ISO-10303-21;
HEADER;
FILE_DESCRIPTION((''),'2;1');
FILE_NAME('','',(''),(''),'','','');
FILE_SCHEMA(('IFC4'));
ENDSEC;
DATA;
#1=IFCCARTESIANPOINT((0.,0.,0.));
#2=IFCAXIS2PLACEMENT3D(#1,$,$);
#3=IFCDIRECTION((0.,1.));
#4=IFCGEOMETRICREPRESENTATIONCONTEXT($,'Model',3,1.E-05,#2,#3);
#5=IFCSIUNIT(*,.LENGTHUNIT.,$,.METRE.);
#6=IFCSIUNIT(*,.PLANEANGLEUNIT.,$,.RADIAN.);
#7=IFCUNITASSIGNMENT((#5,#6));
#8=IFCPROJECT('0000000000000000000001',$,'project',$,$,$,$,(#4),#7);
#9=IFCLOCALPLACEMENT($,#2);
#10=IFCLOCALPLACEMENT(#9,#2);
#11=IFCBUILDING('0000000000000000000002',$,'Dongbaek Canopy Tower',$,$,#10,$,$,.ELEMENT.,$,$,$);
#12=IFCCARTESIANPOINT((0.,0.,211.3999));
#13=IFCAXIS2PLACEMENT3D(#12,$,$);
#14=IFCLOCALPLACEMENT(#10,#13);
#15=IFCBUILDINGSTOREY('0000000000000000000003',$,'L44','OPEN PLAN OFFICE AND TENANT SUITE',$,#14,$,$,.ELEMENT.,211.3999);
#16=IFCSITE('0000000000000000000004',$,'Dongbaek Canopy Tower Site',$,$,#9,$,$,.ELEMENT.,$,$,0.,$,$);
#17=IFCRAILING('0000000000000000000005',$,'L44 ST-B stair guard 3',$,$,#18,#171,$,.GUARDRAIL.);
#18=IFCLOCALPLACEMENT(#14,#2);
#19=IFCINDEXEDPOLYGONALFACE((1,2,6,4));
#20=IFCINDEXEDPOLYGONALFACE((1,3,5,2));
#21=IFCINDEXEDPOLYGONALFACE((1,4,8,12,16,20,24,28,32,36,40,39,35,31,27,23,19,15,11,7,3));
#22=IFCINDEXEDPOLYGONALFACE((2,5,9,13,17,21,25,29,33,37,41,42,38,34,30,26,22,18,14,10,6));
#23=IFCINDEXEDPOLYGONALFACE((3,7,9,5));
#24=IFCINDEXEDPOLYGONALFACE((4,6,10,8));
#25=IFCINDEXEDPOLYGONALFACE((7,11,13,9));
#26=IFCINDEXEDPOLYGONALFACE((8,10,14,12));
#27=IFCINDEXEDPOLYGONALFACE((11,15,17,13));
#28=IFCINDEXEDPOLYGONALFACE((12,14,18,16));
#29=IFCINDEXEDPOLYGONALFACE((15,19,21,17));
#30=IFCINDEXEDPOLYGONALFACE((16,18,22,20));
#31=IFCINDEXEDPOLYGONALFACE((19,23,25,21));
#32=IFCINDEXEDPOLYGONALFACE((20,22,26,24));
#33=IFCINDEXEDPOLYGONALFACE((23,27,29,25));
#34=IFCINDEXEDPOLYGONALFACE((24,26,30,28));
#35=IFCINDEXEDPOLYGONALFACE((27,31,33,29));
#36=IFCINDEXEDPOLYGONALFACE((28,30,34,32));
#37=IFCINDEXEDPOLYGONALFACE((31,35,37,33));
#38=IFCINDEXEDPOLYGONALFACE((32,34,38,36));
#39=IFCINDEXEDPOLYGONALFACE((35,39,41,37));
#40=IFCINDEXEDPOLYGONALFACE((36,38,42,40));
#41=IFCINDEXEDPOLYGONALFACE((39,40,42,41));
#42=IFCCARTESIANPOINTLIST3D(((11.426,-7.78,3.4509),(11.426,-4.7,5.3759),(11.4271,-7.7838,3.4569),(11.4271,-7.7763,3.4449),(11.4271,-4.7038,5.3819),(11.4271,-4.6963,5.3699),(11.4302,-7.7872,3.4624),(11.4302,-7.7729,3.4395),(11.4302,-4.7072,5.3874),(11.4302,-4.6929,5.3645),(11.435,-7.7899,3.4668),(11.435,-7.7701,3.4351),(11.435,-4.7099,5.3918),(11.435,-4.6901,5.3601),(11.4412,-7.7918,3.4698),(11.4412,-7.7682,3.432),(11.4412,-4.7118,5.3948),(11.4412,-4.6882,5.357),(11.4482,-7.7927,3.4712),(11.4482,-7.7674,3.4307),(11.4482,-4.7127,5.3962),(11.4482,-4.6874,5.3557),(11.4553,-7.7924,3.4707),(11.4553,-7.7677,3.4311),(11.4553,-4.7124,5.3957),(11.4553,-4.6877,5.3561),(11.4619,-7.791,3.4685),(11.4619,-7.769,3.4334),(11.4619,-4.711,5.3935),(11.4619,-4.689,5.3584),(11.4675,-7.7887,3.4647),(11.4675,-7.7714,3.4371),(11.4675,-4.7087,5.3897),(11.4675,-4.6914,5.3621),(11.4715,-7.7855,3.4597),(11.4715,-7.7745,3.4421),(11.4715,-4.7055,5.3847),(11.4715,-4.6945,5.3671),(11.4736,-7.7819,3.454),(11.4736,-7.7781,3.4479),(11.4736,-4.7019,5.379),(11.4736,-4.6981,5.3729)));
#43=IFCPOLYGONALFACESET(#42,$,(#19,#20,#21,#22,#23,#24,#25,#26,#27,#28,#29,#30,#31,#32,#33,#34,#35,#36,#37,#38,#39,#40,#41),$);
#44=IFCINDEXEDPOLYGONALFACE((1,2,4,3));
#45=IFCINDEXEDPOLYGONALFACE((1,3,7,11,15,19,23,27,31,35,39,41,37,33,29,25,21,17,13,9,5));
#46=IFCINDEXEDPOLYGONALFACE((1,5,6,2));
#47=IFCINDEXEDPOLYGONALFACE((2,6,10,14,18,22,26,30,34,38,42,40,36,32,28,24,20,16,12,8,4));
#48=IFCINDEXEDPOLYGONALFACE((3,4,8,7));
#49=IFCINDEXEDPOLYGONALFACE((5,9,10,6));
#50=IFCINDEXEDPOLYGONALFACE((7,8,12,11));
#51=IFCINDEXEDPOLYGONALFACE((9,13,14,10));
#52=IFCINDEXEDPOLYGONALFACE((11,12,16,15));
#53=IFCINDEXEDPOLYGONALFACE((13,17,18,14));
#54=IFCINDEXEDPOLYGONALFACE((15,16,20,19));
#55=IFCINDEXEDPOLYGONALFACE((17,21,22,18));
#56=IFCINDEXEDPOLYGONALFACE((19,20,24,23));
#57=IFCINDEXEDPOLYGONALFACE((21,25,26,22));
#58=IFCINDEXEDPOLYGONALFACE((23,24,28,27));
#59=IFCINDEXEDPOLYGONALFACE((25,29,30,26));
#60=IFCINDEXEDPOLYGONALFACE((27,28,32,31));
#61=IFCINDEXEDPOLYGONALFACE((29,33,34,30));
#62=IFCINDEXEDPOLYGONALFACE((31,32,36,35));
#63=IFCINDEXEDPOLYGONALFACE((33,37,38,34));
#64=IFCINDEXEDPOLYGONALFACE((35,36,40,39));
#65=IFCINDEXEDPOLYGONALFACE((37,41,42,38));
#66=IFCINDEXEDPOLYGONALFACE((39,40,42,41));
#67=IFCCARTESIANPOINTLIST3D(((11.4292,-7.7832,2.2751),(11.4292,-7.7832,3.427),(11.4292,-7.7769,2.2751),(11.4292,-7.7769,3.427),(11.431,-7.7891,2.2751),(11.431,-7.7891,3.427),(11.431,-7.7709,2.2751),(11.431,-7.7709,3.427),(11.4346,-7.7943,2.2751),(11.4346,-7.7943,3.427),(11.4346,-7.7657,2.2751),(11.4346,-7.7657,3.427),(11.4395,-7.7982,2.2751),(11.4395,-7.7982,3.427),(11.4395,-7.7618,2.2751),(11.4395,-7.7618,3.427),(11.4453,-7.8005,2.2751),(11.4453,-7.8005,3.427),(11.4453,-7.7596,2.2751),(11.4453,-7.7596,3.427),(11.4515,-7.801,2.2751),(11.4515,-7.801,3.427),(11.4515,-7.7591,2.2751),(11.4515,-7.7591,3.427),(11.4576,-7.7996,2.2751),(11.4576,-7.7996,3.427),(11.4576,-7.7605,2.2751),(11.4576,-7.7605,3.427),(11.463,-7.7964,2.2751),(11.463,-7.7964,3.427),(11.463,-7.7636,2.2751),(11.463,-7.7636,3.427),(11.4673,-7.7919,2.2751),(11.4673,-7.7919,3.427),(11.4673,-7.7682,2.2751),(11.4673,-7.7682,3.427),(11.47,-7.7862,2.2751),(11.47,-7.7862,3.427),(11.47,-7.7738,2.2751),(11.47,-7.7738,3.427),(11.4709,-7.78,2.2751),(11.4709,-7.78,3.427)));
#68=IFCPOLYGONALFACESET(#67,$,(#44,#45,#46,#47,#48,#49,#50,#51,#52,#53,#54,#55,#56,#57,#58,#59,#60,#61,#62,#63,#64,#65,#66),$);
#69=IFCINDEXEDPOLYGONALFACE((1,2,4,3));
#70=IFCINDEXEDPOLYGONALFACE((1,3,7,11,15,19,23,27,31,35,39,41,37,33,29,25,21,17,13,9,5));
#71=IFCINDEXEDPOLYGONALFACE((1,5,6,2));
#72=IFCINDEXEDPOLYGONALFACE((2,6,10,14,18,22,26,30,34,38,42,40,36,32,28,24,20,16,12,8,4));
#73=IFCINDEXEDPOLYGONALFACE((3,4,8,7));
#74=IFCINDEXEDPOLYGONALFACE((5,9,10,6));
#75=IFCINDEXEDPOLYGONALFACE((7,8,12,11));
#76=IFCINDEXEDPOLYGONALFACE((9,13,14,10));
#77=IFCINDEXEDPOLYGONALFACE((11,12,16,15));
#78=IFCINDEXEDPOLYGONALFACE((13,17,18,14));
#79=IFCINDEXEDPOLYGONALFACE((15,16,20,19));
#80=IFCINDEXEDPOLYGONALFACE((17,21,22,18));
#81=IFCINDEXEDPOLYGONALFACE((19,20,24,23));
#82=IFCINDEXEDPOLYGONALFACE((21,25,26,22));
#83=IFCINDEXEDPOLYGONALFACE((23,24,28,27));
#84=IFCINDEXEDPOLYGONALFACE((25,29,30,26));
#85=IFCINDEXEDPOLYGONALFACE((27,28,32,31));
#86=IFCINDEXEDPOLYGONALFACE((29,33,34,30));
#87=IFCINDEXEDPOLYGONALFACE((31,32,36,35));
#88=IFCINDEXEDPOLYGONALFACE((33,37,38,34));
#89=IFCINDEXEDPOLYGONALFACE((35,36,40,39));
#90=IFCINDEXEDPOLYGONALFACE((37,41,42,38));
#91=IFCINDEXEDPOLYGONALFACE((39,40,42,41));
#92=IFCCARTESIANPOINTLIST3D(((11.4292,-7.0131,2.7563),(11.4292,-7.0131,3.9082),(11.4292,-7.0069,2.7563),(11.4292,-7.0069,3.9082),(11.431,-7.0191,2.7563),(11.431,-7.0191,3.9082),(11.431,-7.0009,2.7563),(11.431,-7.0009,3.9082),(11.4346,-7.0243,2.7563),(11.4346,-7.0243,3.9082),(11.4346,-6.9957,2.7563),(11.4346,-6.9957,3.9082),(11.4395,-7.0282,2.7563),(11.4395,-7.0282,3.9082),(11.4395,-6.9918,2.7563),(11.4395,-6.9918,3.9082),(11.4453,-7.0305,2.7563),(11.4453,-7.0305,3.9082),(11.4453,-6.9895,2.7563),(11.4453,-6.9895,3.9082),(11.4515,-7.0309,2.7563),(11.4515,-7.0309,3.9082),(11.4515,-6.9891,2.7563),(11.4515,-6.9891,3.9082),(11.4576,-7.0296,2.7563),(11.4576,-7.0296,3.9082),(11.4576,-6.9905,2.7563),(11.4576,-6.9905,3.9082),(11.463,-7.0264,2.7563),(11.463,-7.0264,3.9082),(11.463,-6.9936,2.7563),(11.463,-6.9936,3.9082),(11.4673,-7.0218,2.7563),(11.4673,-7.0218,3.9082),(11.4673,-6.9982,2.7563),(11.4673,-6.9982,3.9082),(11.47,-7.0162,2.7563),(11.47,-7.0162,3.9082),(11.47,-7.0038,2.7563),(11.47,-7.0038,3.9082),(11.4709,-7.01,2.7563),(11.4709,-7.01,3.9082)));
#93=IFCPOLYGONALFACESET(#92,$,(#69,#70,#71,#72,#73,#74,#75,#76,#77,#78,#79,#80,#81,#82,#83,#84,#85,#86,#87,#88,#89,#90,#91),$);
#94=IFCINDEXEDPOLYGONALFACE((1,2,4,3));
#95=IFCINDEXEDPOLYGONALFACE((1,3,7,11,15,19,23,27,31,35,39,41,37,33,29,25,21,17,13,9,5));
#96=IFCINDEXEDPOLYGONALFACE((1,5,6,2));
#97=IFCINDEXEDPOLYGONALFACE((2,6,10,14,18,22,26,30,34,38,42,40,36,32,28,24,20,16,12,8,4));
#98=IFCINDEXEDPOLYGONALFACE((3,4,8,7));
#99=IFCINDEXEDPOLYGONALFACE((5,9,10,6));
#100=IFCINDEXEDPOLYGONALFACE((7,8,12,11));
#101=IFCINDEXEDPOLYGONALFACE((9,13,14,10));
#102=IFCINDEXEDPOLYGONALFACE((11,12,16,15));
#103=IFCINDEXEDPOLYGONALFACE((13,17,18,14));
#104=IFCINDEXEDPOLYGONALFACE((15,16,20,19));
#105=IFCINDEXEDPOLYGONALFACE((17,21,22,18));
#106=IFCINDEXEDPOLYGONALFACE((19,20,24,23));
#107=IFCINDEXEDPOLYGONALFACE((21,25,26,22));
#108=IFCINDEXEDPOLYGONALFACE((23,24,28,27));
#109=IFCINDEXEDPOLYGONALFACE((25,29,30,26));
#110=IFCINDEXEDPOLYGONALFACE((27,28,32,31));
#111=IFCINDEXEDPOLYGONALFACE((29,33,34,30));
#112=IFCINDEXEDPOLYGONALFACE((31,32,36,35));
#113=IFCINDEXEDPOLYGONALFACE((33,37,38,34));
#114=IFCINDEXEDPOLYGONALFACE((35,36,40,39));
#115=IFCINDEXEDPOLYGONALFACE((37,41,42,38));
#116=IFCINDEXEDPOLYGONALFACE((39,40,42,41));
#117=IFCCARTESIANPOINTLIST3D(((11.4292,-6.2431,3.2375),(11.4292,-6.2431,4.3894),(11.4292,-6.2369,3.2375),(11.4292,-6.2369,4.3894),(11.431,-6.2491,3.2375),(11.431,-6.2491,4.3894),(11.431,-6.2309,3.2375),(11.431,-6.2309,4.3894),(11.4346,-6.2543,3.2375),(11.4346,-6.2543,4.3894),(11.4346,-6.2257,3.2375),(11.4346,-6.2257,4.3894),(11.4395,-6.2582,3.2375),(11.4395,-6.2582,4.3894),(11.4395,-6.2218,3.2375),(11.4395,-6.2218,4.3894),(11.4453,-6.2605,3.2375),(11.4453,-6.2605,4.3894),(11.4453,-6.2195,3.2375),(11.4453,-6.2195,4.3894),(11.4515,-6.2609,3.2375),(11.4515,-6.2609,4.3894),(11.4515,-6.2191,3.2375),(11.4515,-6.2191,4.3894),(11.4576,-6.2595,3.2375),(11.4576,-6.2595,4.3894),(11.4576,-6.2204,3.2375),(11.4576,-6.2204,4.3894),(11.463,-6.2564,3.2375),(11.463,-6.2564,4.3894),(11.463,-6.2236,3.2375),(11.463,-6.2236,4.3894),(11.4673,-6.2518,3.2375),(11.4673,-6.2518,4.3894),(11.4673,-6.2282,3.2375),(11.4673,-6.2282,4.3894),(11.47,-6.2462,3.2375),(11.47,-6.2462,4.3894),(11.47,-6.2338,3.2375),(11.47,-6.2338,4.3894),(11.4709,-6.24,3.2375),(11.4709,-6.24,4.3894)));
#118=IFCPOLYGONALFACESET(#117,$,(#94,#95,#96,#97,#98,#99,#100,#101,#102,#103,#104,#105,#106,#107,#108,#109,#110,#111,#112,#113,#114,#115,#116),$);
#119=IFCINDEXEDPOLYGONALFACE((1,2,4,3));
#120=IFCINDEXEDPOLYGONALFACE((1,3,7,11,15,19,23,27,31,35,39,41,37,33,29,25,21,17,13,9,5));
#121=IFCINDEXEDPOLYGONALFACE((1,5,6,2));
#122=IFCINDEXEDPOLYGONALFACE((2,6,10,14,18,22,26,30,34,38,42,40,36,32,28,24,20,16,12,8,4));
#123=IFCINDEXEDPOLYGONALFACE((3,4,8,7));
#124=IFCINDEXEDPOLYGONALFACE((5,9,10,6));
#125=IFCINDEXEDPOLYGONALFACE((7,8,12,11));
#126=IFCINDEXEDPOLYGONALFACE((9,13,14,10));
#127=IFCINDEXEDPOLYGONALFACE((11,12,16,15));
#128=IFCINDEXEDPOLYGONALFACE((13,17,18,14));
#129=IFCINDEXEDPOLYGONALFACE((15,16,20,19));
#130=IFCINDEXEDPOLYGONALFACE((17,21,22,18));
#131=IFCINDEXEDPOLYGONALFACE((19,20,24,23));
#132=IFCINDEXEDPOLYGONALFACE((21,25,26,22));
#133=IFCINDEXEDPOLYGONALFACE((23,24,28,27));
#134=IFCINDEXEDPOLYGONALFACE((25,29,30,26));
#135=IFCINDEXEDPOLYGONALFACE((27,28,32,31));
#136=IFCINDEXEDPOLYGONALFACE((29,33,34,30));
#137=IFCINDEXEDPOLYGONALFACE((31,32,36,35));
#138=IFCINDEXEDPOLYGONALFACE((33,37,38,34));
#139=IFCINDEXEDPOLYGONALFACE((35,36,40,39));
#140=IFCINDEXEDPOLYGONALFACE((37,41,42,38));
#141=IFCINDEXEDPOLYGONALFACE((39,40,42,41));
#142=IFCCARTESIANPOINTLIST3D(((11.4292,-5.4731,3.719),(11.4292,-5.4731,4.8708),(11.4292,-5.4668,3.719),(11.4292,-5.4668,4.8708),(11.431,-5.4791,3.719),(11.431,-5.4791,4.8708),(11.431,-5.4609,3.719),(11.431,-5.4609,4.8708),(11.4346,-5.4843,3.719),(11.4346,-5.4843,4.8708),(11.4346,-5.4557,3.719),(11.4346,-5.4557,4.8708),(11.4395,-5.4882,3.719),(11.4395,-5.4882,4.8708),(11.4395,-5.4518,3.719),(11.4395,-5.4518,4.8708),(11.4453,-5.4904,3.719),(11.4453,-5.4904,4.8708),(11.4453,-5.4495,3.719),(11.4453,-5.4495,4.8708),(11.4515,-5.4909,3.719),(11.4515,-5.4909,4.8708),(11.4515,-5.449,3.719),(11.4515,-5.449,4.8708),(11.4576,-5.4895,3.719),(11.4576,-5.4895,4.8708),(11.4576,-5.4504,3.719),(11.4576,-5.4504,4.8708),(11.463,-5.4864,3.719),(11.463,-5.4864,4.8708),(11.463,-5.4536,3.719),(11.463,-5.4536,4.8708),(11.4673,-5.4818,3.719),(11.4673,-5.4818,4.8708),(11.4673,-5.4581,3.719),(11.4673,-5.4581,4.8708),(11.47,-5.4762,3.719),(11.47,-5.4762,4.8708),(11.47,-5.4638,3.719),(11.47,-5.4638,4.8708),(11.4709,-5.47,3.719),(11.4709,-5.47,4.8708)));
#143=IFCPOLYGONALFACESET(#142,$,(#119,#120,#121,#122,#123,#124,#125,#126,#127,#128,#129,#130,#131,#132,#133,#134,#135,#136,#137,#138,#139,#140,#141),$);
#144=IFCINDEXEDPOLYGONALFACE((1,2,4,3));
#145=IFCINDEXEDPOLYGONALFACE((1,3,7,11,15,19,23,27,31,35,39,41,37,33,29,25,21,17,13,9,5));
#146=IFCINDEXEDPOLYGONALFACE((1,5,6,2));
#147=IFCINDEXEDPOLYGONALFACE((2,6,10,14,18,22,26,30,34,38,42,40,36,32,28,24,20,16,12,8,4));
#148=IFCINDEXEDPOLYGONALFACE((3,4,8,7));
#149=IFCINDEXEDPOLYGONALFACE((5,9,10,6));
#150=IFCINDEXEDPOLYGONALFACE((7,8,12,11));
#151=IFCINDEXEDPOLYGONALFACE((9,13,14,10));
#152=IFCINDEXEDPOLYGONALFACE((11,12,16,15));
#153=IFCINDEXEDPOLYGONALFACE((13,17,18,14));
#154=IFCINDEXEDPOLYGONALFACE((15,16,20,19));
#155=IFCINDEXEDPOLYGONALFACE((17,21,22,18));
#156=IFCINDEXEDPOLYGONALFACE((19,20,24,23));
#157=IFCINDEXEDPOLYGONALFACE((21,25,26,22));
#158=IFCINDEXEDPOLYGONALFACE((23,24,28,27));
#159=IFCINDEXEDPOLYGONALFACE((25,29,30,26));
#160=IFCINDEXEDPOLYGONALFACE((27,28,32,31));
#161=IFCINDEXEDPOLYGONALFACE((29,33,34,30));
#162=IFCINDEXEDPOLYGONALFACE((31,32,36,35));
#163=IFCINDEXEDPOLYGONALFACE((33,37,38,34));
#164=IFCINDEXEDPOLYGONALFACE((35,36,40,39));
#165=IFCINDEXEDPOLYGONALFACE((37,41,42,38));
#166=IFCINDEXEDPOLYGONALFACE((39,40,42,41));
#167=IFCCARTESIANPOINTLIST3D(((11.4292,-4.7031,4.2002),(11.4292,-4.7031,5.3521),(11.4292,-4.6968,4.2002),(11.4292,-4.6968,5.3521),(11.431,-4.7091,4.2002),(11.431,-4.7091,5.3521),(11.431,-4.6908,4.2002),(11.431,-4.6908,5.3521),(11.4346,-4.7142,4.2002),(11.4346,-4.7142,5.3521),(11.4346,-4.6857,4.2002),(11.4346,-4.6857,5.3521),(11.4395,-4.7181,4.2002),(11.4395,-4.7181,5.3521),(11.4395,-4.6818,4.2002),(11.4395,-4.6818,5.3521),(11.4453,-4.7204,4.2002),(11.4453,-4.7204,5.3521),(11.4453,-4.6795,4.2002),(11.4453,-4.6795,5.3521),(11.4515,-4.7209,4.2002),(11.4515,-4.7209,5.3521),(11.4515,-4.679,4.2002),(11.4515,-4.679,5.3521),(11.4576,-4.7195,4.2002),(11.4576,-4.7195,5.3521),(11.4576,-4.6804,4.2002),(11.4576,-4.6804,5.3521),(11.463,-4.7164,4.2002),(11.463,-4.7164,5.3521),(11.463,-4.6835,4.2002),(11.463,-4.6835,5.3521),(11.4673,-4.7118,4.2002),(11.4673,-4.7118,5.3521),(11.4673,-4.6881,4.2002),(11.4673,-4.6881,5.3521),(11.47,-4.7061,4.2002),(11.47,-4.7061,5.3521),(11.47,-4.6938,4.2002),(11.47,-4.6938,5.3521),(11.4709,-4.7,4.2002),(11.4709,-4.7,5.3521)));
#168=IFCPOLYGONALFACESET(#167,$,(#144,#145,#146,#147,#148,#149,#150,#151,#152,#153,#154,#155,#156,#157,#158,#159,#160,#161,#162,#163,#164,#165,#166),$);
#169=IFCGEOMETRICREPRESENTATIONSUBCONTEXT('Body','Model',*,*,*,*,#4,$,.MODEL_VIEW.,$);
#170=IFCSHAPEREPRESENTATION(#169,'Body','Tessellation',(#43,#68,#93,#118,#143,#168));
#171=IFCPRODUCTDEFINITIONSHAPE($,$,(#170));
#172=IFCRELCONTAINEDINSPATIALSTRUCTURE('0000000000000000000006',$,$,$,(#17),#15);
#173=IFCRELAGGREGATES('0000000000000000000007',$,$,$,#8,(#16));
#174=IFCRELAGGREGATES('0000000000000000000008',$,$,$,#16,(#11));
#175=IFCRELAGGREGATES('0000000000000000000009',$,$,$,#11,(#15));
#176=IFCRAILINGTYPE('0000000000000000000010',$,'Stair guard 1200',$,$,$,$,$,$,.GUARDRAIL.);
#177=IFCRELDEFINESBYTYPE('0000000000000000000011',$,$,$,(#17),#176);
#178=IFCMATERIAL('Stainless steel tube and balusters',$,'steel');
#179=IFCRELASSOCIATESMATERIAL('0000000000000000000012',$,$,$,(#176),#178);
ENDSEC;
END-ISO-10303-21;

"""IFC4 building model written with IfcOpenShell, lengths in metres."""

from ifc_helpers import new_model, si_unit, direction, frame, origin, origin_2d, place, context, subcontext, project, spatial, circle, extrude, material, type_object, element, save


model = new_model("IFC4")

# Units and contexts
model_context = context("Model", 3, precision=1e-05, world=origin(), true_north=direction((0.0, 1.0)))
body_context = subcontext(model_context, "Body", "Model", "MODEL_VIEW")
ifc_project = project(units=[si_unit("LENGTHUNIT", "METRE"), si_unit("PLANEANGLEUNIT", "RADIAN")], contexts=[model_context])

# Site, building, storey
site_placement = place(None, origin())
site = spatial("IfcSite", under=ifc_project, at=site_placement, Name="Dongbaek Canopy Tower Site", CompositionType="ELEMENT", RefElevation=0.0)
building_placement = place(site_placement, origin())
building = spatial("IfcBuilding", under=site, at=building_placement, Name="Dongbaek Canopy Tower", CompositionType="ELEMENT")
storey_placement = place(building_placement, frame((0.0, 0.0, 211.3999)))
storey = spatial("IfcBuildingStorey", under=building, at=storey_placement, Name="L44", Description="OPEN PLAN OFFICE AND TENANT SUITE", CompositionType="ELEMENT", Elevation=211.3999)

# Railing
ifc_material_1 = material(Name="Stainless steel tube and balusters", Category="steel")
railing_type_1 = type_object("IfcRailingType", Name="Stair guard 1200", PredefinedType="GUARDRAIL", material=ifc_material_1)
railing_1_placement = place(storey_placement, frame((11.45, -7.78, 2.2751)))
element("IfcRailing", 1, at=railing_1_placement, inside=storey, type_object=railing_type_1, Name="L44 ST-B stair guard 3", PredefinedType="GUARDRAIL", context=body_context, shape_type="SweptSolid", body=[
    extrude(circle(Radius=0.0239, at=origin_2d()), frame((0.0, 0.0, 1.1758), z_axis=(0.0, 0.847998, 0.529999), x_axis=(-1.0, 0.0, 0.0)), (0.0, 0.0, 1.0), 3.6321),
    extrude(circle(Radius=0.021, at=origin_2d()), origin(), (0.0, 0.0, 1.0), 1.1519),
    extrude(circle(Radius=0.021, at=origin_2d()), frame((0.0, 0.77, 0.4812)), (0.0, 0.0, 1.0), 1.1519),
    extrude(circle(Radius=0.021, at=origin_2d()), frame((0.0, 1.54, 0.9624)), (0.0, 0.0, 1.0), 1.1519),
    extrude(circle(Radius=0.021, at=origin_2d()), frame((0.0, 2.3101, 1.4438)), (0.0, 0.0, 1.0), 1.1519),
    extrude(circle(Radius=0.021, at=origin_2d()), frame((0.0, 3.0801, 1.925)), (0.0, 0.0, 1.0), 1.1519),
])

save(model, "model.ifc")
